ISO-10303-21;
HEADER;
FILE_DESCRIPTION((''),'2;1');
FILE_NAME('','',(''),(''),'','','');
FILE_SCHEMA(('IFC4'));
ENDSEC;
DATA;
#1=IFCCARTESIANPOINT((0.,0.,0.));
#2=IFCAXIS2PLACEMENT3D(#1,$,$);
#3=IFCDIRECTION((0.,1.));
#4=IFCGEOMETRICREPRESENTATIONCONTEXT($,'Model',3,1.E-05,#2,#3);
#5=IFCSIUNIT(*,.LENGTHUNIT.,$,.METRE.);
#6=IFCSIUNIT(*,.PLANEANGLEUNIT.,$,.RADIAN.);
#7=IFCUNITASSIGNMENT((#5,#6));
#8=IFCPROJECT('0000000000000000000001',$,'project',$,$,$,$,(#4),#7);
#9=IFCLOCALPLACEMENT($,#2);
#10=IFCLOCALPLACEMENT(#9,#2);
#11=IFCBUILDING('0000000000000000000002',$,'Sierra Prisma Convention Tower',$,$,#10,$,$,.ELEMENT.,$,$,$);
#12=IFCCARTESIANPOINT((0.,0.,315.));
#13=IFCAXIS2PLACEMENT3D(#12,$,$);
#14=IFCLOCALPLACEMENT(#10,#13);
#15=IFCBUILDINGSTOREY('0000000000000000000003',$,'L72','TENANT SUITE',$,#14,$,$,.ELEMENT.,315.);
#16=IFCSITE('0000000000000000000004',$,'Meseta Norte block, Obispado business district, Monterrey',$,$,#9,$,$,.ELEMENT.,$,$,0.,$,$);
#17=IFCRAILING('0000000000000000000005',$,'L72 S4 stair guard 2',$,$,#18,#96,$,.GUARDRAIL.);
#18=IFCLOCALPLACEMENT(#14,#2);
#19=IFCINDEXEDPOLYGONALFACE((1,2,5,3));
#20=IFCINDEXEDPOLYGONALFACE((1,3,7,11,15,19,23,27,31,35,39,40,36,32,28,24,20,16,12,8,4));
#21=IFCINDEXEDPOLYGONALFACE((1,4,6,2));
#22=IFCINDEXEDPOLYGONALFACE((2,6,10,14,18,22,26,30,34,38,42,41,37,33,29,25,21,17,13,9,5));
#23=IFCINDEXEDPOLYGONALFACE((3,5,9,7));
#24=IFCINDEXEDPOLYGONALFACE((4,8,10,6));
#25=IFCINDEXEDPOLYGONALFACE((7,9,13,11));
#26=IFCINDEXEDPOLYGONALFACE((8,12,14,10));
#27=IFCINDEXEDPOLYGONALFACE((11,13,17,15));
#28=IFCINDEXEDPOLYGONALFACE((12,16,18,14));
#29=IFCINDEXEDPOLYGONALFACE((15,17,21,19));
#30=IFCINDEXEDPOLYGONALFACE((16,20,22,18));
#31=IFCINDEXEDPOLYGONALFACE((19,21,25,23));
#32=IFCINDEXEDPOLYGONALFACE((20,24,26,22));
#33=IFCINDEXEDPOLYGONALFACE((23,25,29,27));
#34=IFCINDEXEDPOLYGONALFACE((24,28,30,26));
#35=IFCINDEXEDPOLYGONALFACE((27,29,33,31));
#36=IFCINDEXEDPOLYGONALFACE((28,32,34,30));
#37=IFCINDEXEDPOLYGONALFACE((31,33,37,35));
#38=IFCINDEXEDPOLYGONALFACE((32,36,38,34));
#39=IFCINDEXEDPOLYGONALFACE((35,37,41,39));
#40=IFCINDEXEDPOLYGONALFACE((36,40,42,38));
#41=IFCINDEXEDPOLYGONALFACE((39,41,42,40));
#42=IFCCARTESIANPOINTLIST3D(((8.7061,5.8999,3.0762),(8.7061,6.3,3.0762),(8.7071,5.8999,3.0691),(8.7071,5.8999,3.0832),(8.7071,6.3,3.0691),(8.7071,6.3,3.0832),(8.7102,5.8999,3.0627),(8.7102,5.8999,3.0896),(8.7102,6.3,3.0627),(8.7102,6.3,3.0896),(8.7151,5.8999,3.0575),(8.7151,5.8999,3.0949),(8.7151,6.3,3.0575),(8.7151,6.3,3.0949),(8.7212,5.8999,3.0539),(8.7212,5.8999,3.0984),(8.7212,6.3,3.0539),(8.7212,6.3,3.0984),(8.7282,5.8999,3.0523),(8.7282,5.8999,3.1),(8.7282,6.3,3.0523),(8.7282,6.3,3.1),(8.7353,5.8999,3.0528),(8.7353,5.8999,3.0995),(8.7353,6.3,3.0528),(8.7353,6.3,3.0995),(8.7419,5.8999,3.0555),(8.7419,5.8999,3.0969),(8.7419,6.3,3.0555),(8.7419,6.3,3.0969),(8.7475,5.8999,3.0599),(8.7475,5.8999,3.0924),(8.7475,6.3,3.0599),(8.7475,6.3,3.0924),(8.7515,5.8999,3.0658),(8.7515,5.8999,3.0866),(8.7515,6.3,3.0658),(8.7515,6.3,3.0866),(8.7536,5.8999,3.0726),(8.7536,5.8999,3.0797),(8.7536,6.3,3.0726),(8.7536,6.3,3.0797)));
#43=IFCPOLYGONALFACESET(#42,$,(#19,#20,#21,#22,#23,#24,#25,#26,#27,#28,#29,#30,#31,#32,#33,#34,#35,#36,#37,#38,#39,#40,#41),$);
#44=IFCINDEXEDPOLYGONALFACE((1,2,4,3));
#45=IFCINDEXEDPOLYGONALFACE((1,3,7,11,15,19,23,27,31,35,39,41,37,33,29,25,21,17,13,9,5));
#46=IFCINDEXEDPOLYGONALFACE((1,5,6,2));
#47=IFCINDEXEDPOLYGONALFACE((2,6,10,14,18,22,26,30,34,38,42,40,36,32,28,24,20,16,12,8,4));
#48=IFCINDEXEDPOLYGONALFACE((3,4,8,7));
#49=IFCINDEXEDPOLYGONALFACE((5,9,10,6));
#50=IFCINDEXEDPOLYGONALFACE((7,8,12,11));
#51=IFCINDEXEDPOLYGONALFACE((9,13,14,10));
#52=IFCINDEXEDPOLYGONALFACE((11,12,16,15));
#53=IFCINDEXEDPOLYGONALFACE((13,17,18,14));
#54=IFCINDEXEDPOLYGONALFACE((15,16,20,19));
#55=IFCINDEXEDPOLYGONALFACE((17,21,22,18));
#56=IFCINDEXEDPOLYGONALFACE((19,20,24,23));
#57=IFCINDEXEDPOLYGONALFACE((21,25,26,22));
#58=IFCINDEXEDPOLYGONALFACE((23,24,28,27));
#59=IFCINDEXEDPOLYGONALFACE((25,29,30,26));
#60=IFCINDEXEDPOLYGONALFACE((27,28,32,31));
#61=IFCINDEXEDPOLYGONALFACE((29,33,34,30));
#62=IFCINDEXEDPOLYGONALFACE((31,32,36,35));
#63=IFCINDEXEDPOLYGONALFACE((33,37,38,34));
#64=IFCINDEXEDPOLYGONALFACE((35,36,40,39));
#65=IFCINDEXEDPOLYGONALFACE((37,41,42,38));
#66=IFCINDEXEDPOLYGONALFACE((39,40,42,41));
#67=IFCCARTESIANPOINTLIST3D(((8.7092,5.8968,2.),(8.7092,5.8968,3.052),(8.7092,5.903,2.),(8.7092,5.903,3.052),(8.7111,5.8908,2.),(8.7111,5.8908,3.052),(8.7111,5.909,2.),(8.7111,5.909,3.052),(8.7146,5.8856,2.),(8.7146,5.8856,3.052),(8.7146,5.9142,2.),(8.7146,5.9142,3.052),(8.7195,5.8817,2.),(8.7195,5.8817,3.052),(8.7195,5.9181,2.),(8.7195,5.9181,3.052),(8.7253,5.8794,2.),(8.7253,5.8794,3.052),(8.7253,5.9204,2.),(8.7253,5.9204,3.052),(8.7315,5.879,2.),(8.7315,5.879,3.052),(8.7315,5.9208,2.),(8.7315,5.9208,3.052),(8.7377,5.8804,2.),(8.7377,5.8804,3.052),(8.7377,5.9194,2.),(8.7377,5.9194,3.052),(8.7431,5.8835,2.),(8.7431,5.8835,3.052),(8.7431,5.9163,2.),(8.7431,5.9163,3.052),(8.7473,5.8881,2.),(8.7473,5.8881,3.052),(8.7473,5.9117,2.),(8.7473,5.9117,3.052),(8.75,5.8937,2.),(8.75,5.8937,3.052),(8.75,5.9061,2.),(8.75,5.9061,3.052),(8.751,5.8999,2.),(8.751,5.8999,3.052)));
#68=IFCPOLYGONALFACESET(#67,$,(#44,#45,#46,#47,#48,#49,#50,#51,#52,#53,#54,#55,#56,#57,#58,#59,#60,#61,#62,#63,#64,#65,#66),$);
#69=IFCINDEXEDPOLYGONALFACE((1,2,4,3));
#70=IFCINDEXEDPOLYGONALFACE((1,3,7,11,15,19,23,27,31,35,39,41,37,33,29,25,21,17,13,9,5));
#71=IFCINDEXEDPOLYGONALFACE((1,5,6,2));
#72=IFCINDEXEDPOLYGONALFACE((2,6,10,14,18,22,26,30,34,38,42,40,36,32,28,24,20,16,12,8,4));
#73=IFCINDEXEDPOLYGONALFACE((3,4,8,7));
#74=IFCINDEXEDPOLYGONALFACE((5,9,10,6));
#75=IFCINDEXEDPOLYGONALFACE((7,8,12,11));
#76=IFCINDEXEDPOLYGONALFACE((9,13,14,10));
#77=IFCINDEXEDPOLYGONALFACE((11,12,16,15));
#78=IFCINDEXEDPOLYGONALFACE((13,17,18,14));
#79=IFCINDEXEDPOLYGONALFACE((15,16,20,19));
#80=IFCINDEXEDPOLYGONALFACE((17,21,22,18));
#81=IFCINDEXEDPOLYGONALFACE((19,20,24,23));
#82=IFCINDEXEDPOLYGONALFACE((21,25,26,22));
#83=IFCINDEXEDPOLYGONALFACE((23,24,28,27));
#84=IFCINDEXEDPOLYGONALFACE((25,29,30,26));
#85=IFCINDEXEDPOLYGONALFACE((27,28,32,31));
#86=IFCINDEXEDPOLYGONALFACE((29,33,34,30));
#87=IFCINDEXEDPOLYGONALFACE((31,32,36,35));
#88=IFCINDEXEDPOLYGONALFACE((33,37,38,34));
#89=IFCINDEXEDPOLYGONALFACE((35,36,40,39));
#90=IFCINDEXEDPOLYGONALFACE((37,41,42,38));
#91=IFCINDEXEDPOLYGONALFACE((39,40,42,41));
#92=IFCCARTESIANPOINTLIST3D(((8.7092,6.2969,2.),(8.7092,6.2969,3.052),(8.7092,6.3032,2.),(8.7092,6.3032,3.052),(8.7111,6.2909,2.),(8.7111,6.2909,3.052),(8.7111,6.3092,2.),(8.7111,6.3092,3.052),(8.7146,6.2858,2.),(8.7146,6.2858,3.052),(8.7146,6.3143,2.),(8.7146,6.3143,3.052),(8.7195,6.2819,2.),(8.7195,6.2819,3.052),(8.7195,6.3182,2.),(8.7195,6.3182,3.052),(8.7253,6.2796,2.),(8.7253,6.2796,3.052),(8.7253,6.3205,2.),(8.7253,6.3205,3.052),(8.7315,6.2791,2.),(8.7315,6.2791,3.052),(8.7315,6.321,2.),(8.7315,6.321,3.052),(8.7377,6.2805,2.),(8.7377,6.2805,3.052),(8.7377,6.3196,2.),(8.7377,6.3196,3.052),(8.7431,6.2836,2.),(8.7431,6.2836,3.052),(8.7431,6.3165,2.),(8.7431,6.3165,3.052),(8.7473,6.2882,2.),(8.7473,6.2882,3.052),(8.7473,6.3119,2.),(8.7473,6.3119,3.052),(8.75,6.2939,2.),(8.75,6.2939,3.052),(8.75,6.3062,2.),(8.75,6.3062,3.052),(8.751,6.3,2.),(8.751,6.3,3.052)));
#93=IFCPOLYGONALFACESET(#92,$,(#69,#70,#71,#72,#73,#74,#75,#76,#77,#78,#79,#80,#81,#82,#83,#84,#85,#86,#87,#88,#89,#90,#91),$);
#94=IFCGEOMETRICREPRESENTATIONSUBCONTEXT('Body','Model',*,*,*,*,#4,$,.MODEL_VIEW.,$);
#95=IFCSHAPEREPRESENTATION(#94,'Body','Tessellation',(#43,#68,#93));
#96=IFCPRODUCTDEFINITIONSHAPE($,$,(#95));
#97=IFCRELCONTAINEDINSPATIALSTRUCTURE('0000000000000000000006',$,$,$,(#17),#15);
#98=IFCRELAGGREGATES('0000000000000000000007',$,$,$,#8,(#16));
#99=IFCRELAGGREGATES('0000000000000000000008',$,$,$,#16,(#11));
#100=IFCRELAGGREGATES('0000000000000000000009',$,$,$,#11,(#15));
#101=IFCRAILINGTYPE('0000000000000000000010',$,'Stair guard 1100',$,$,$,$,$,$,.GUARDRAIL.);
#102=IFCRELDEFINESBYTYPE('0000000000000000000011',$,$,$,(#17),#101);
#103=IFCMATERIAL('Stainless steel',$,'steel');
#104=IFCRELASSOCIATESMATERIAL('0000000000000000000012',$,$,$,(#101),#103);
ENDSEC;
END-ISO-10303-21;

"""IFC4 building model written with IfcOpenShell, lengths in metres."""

from ifc_helpers import new_model, si_unit, direction, frame, origin, origin_2d, place, context, subcontext, project, spatial, circle, extrude, material, type_object, element, save


model = new_model("IFC4")

# Units and contexts
model_context = context("Model", 3, precision=1e-05, world=origin(), true_north=direction((0.0, 1.0)))
body_context = subcontext(model_context, "Body", "Model", "MODEL_VIEW")
ifc_project = project(units=[si_unit("LENGTHUNIT", "METRE"), si_unit("PLANEANGLEUNIT", "RADIAN")], contexts=[model_context])

# Site, building, storey
site_placement = place(None, origin())
site = spatial("IfcSite", under=ifc_project, at=site_placement, Name="Meseta Norte block, Obispado business district, Monterrey", CompositionType="ELEMENT", RefElevation=0.0)
building_placement = place(site_placement, origin())
building = spatial("IfcBuilding", under=site, at=building_placement, Name="Sierra Prisma Convention Tower", CompositionType="ELEMENT")
storey_placement = place(building_placement, frame((0.0, 0.0, 315.0)))
storey = spatial("IfcBuildingStorey", under=building, at=storey_placement, Name="L72", Description="TENANT SUITE", CompositionType="ELEMENT", Elevation=315.0)

# Railing
ifc_material_1 = material(Name="Stainless steel", Category="steel")
railing_type_1 = type_object("IfcRailingType", Name="Stair guard 1100", PredefinedType="GUARDRAIL", material=ifc_material_1)
railing_1_placement = place(storey_placement, frame((8.73, 5.8999, 2.0)))
element("IfcRailing", 1, at=railing_1_placement, inside=storey, type_object=railing_type_1, Name="L72 S4 stair guard 2", PredefinedType="GUARDRAIL", context=body_context, shape_type="SweptSolid", body=[
    extrude(circle(Radius=0.0239, at=origin_2d()), frame((0.0, 0.0, 1.0762), z_axis=(0.0, 1.0, 0.0), x_axis=(-1.0, 0.0, 0.0)), (0.0, 0.0, 1.0), 0.4001),
    extrude(circle(Radius=0.021, at=origin_2d()), origin(), (0.0, 0.0, 1.0), 1.052),
    extrude(circle(Radius=0.021, at=origin_2d()), frame((0.0, 0.4001, 0.0)), (0.0, 0.0, 1.0), 1.052),
])

save(model, "model.ifc")
